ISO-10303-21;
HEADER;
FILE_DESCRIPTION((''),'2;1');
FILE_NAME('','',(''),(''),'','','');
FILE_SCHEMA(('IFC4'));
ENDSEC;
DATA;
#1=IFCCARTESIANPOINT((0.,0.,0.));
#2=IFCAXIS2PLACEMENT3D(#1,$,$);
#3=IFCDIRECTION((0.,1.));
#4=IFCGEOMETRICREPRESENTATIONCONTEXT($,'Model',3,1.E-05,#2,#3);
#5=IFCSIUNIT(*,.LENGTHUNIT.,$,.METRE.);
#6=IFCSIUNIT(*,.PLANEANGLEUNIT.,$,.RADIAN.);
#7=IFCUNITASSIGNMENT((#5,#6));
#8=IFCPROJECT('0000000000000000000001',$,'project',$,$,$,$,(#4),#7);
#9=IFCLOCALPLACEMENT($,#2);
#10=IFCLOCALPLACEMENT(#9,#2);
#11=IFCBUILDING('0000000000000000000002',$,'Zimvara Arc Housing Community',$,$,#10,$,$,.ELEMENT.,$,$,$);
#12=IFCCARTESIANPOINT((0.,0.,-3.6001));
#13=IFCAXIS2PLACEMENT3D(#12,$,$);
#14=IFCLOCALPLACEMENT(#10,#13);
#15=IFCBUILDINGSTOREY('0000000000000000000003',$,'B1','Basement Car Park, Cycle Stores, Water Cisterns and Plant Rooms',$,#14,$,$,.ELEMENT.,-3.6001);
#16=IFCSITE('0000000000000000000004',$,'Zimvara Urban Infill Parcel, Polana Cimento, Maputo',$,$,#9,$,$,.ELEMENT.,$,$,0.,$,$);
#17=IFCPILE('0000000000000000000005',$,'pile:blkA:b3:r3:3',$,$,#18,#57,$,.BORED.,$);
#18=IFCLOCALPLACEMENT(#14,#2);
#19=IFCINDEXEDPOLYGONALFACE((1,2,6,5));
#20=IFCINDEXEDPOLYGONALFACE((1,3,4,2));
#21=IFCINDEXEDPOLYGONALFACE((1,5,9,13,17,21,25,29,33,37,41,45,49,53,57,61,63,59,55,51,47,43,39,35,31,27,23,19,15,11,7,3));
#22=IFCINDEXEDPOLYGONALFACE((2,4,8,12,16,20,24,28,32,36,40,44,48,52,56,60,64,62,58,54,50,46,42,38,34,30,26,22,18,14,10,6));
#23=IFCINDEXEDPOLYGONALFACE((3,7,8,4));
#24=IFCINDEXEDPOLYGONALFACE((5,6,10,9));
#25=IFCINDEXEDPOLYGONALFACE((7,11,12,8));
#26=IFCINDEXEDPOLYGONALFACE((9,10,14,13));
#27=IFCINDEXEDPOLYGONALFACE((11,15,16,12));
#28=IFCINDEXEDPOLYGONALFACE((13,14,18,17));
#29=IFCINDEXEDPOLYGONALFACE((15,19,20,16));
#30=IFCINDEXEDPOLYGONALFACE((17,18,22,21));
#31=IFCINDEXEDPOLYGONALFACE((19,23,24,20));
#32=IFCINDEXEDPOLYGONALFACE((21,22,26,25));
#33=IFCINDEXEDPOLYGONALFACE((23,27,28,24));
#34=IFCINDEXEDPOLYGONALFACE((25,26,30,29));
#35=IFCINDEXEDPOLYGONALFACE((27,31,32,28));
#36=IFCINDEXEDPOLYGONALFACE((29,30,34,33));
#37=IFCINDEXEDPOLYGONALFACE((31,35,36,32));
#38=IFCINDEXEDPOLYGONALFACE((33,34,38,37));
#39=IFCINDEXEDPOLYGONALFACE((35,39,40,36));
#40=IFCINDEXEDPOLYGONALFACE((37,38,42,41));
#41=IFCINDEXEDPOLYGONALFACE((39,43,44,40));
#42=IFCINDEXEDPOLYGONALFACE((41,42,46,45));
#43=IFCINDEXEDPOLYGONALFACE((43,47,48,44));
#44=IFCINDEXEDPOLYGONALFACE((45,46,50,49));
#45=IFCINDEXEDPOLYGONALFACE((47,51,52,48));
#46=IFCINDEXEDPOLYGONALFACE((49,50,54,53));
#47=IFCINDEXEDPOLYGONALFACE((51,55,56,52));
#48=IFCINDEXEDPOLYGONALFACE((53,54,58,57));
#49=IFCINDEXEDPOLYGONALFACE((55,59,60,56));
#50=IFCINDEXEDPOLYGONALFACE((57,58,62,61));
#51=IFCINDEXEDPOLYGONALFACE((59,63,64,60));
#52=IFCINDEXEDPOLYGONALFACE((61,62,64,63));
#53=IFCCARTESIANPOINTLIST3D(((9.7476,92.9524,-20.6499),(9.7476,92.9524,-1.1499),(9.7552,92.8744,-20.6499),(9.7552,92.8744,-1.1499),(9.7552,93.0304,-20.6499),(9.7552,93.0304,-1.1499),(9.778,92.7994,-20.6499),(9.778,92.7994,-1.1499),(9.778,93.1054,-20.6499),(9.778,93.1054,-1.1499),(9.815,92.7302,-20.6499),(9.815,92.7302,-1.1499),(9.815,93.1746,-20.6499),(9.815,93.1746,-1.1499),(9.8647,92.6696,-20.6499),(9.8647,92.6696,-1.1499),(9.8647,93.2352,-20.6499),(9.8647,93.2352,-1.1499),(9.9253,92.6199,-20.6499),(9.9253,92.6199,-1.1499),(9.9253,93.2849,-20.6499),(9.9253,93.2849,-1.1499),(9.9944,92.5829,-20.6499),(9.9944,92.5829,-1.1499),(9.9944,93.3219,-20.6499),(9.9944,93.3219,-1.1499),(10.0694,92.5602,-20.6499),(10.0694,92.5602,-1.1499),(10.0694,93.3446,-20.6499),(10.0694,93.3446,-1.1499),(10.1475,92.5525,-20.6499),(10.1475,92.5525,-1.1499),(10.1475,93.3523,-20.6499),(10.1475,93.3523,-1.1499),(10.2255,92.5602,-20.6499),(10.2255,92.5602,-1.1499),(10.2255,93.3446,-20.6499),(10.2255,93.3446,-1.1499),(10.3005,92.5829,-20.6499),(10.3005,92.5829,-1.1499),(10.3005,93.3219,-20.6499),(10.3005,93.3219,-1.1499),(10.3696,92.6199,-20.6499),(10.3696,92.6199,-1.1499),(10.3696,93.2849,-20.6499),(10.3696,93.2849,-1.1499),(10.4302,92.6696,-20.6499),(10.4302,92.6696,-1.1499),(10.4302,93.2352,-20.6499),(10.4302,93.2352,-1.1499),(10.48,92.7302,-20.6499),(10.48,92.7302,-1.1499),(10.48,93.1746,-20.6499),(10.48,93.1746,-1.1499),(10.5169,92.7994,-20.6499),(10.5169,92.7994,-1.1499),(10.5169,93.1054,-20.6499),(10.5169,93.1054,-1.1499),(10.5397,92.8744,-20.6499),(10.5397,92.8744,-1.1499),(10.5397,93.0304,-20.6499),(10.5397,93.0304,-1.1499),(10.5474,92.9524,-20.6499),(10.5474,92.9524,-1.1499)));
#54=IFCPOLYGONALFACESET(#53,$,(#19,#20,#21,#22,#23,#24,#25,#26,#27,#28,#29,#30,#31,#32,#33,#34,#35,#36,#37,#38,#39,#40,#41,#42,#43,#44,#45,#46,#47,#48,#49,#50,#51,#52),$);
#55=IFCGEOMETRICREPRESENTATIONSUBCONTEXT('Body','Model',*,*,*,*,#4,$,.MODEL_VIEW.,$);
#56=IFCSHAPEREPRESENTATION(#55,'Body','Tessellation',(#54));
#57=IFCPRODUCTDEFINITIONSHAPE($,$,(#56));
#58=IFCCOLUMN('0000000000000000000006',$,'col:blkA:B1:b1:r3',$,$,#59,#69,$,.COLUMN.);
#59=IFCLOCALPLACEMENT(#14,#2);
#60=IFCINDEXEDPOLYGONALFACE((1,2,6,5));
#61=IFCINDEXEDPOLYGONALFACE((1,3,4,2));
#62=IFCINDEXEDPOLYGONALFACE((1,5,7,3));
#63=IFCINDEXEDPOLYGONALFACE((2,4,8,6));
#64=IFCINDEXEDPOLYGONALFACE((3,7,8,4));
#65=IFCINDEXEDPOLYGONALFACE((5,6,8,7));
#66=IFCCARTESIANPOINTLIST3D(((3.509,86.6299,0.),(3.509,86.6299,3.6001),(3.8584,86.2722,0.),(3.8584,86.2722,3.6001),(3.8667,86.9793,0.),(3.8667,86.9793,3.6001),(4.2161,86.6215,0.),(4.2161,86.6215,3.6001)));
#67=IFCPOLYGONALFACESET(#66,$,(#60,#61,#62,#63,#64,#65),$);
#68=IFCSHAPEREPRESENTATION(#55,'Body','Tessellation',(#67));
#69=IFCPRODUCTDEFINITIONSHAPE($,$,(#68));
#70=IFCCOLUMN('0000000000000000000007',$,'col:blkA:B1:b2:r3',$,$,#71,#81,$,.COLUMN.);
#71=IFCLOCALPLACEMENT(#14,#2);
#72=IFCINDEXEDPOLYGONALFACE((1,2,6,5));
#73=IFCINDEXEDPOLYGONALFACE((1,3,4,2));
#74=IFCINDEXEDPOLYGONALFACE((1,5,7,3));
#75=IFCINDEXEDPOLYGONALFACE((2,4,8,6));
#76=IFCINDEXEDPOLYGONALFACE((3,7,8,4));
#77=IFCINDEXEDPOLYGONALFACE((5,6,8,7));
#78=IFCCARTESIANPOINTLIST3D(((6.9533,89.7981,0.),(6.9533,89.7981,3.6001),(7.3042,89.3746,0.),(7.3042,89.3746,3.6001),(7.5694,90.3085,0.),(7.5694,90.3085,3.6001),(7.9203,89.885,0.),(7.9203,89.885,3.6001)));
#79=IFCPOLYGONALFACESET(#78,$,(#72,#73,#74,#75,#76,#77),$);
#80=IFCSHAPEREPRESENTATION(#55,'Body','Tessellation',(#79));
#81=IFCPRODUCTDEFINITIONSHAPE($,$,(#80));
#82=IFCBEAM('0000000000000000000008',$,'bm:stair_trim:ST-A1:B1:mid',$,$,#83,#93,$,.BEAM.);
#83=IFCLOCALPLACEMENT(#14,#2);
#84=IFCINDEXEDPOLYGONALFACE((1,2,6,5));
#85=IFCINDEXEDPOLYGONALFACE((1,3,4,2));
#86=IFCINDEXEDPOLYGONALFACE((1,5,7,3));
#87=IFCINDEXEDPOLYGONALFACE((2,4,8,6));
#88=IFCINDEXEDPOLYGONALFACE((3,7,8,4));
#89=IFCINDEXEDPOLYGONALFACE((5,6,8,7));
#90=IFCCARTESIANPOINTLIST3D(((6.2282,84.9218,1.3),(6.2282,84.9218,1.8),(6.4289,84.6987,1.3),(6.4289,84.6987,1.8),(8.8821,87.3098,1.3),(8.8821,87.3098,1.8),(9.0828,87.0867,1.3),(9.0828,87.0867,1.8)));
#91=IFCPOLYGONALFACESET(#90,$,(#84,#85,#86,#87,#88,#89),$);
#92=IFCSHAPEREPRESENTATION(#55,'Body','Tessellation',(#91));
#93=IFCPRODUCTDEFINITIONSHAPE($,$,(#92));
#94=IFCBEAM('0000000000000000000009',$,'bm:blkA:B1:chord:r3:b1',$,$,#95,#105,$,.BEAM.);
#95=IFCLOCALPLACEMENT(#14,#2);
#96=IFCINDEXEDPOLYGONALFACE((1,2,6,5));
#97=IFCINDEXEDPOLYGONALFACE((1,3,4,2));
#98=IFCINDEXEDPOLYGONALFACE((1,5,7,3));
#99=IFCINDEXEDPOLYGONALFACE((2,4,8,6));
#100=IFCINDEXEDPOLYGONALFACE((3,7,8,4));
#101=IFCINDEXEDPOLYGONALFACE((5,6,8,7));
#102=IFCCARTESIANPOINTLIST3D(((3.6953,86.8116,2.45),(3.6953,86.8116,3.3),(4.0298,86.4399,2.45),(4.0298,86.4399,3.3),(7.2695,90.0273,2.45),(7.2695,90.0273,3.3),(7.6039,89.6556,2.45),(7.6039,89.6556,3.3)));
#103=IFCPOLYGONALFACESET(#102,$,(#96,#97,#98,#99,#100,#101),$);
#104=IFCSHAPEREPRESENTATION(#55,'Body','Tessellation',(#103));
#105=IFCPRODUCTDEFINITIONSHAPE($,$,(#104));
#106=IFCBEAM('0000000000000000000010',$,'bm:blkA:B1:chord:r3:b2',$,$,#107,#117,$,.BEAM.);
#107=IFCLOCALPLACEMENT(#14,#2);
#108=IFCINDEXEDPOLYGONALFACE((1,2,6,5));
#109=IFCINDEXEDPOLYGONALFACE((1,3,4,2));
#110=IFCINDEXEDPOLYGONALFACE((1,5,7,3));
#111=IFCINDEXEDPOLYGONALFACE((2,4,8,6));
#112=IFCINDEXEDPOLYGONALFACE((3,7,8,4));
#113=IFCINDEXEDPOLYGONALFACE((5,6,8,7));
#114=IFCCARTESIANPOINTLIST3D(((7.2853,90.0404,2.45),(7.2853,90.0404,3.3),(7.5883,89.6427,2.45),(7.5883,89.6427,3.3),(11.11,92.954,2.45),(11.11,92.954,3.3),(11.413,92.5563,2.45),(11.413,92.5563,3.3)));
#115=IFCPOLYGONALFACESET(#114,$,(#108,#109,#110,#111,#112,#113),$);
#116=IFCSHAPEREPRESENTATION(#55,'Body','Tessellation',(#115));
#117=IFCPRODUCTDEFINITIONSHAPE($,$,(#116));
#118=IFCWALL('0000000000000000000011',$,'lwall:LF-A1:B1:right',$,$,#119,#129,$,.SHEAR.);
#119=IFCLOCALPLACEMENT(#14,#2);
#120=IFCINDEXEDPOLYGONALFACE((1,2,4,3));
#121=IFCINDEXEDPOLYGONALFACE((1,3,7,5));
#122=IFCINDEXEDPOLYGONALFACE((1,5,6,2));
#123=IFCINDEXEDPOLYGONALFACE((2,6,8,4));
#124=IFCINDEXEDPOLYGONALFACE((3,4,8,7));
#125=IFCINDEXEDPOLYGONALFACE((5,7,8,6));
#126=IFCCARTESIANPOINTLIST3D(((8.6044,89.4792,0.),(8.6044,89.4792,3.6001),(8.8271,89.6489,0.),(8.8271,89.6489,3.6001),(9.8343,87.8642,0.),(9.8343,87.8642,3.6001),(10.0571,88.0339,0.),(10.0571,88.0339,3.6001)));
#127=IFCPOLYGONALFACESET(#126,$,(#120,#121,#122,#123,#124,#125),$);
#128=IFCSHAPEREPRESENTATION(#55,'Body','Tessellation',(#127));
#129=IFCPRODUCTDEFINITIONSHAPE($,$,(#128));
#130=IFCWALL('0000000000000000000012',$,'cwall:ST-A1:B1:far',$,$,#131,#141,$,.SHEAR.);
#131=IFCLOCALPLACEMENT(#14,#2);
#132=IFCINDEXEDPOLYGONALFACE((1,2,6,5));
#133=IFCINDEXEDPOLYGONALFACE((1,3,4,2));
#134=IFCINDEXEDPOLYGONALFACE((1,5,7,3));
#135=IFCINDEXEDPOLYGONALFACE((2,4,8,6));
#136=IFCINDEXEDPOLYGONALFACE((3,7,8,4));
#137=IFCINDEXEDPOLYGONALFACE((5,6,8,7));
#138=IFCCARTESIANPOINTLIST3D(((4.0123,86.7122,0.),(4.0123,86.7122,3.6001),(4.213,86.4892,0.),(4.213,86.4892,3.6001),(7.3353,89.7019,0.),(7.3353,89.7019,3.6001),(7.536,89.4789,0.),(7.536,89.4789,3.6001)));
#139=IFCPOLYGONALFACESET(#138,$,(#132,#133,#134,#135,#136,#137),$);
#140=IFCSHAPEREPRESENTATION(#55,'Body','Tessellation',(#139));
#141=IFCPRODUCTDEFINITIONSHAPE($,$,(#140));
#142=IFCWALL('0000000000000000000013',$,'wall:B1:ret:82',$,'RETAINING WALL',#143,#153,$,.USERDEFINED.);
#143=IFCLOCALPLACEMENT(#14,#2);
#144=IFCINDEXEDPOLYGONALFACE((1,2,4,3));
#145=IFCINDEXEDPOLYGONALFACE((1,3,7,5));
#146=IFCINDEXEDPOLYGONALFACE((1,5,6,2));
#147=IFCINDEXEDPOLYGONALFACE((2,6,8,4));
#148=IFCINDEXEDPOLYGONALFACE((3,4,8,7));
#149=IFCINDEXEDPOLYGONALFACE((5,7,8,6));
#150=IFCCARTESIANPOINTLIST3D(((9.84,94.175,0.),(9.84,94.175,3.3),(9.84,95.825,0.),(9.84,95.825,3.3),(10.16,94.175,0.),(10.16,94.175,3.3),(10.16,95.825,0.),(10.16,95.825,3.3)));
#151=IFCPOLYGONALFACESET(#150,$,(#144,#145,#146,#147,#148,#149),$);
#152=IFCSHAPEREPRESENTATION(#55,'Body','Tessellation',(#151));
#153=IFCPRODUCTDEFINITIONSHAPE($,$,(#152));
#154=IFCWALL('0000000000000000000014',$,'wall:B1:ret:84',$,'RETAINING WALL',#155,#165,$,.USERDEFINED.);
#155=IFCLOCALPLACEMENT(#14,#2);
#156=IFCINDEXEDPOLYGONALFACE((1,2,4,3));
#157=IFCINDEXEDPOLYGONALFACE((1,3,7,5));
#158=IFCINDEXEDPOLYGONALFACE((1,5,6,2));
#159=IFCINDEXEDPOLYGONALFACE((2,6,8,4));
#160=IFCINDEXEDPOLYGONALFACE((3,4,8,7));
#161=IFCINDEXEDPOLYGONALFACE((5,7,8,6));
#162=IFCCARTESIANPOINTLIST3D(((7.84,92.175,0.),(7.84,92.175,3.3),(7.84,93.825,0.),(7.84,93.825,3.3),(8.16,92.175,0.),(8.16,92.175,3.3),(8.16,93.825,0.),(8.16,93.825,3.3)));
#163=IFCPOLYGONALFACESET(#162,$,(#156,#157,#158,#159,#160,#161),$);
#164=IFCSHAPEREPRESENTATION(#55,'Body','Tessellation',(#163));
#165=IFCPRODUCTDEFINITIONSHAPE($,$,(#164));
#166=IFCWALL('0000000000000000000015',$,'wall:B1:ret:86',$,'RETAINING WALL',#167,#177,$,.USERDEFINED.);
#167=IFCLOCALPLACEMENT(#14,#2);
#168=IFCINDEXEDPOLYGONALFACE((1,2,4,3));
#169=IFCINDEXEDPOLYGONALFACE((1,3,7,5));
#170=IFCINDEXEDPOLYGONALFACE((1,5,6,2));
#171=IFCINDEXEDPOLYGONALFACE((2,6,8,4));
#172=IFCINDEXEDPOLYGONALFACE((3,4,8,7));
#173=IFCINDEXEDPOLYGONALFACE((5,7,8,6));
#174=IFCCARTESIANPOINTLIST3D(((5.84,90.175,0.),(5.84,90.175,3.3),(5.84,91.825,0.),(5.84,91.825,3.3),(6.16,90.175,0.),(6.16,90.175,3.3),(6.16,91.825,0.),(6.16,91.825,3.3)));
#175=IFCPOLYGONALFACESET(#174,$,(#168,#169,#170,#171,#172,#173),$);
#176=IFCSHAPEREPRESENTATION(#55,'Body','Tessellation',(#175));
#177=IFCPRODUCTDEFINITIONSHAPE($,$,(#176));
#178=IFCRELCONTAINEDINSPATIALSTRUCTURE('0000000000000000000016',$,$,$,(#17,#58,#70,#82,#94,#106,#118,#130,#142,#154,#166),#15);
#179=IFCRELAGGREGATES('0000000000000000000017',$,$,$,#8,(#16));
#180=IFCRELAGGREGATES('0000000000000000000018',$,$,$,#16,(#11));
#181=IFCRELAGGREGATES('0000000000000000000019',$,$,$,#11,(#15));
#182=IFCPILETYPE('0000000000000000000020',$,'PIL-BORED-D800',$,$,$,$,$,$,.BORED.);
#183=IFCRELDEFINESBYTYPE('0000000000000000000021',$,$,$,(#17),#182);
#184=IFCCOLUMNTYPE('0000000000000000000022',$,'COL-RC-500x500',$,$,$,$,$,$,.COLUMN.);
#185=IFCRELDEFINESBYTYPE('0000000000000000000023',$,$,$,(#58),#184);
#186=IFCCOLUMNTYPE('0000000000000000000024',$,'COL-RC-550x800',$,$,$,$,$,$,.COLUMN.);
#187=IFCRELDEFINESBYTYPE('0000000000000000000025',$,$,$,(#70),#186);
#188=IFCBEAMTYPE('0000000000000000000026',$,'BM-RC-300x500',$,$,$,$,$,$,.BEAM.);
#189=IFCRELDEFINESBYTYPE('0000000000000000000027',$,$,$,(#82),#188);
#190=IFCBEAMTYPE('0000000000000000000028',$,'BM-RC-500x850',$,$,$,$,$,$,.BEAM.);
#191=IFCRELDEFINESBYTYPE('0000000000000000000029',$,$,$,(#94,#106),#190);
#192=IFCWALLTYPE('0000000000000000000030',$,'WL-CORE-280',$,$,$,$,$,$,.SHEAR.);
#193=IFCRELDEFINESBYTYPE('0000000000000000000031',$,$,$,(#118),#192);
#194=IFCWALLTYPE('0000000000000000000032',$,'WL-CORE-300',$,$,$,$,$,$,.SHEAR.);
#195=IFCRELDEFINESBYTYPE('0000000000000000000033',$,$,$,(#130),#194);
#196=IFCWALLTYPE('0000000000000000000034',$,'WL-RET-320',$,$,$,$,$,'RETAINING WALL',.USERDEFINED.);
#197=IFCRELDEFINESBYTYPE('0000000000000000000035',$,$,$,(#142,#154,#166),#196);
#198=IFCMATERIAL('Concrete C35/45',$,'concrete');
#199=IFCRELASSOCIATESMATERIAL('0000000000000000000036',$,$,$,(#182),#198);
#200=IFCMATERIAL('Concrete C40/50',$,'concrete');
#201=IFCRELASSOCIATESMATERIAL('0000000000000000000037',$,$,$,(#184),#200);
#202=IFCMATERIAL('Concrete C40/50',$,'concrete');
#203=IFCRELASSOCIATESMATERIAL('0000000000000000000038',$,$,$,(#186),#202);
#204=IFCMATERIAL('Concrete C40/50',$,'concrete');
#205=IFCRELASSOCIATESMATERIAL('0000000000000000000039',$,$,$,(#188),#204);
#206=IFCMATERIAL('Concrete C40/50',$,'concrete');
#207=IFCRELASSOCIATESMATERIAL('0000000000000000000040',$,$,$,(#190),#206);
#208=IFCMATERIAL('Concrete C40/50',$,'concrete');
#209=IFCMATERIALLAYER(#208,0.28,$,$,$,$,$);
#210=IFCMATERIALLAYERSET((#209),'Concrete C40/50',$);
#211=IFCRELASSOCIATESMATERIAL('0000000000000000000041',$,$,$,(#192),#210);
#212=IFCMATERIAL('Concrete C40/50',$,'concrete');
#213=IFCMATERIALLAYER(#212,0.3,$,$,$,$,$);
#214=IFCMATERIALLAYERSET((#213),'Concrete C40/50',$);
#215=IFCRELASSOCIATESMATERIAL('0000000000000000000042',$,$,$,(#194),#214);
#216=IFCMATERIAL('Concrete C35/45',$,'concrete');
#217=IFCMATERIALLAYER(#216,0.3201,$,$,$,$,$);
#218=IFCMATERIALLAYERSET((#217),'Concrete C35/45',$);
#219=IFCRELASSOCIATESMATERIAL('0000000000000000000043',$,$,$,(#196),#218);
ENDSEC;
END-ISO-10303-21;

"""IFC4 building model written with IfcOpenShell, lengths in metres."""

from ifc_helpers import new_model, si_unit, direction, frame, frame_2d, origin, origin_2d, place, context, subcontext, project, spatial, rectangle, circle, extrude, material, layer, layer_set, material_profile, profile_set, type_object, element, save


model = new_model("IFC4")

# Units and contexts
model_context = context("Model", 3, precision=1e-05, world=origin(), true_north=direction((0.0, 1.0)))
body_context = subcontext(model_context, "Body", "Model", "MODEL_VIEW")
ifc_project = project(units=[si_unit("LENGTHUNIT", "METRE"), si_unit("PLANEANGLEUNIT", "RADIAN")], contexts=[model_context])

# Site, building, storey
site_placement = place(None, origin())
site = spatial("IfcSite", under=ifc_project, at=site_placement, Name="Zimvara Urban Infill Parcel, Polana Cimento, Maputo", CompositionType="ELEMENT", RefElevation=0.0)
building_placement = place(site_placement, origin())
building = spatial("IfcBuilding", under=site, at=building_placement, Name="Zimvara Arc Housing Community", CompositionType="ELEMENT")
storey_placement = place(building_placement, frame((0.0, 0.0, -3.6001)))
storey = spatial("IfcBuildingStorey", under=building, at=storey_placement, Name="B1", Description="Basement Car Park, Cycle Stores, Water Cisterns and Plant Rooms", CompositionType="ELEMENT", Elevation=-3.6001)

# Pile
ifc_material_1 = material(Name="Concrete C35/45", Category="concrete")
ifc_material_profile_1 = material_profile(ifc_material_1, circle(Radius=0.3999, at=origin_2d()), Name="PILE D800")
ifc_profile_set_1 = profile_set([ifc_material_profile_1], Name="Concrete C35/45")
pile_type = type_object("IfcPileType", Name="PIL-BORED-D800", PredefinedType="BORED", material=ifc_profile_set_1)
for number, where, z_axis, x_axis, name in (
    (1, (10.1475, 92.9524, -1.1499), (0.0, 0.0, -1.0), (1.0, 0.0, 0.0), "pile:blkA:b3:r3:3"),
):
    element("IfcPile", number, at=place(storey_placement, frame(where, z_axis=z_axis, x_axis=x_axis)), inside=storey, type_object=pile_type, Name=name, PredefinedType="BORED", context=body_context, shape_type="SweptSolid", body=[
        extrude(circle(Radius=0.3999, at=origin_2d()), origin(), (0.0, 0.0, 1.0), 19.5),
    ])

# Columns
ifc_material_2 = material(Name="Concrete C40/50", Category="concrete")
ifc_material_profile_2 = material_profile(ifc_material_2, rectangle(XDim=0.5, YDim=0.5, at=origin_2d()), Name="RC 500x500")
ifc_profile_set_2 = profile_set([ifc_material_profile_2], Name="Concrete C40/50")
column_type_1 = type_object("IfcColumnType", Name="COL-RC-500x500", PredefinedType="COLUMN", material=ifc_profile_set_2)
column_1_placement = place(storey_placement, frame((3.8625, 86.6257, 0.0), z_axis=(0.0, 0.0, 1.0), x_axis=(-0.698665, 0.715449, 0.0)))
element("IfcColumn", 2, at=column_1_placement, inside=storey, type_object=column_type_1, Name="col:blkA:B1:b1:r3", PredefinedType="COLUMN", context=body_context, shape_type="SweptSolid", body=[
    extrude(rectangle(XDim=0.5, YDim=0.5, at=origin_2d()), origin(), (0.0, 0.0, 1.0), 3.6001),
])
ifc_material_3 = material(Name="Concrete C40/50", Category="concrete")
ifc_material_profile_3 = material_profile(ifc_material_3, rectangle(XDim=0.55, YDim=0.8, at=origin_2d()), Name="RC 550x800")
ifc_profile_set_3 = profile_set([ifc_material_profile_3], Name="Concrete C40/50")
column_type_2 = type_object("IfcColumnType", Name="COL-RC-550x800", PredefinedType="COLUMN", material=ifc_profile_set_3)
column_2_placement = place(storey_placement, frame((7.4368, 89.8416, 0.0), z_axis=(0.0, 0.0, 1.0), x_axis=(-0.637962, 0.770068, 0.0)))
element("IfcColumn", 3, at=column_2_placement, inside=storey, type_object=column_type_2, Name="col:blkA:B1:b2:r3", PredefinedType="COLUMN", context=body_context, shape_type="SweptSolid", body=[
    extrude(rectangle(XDim=0.55, YDim=0.8, at=origin_2d()), origin(), (0.0, 0.0, 1.0), 3.6001),
])

# Beams
ifc_material_4 = material(Name="Concrete C40/50", Category="concrete")
ifc_material_profile_4 = material_profile(ifc_material_4, rectangle(XDim=0.3, YDim=0.5, at=origin_2d()), Name="RC 300x500")
ifc_profile_set_4 = profile_set([ifc_material_profile_4], Name="Concrete C40/50")
beam_type_1 = type_object("IfcBeamType", Name="BM-RC-300x500", PredefinedType="BEAM", material=ifc_profile_set_4)
beam_1_placement = place(storey_placement, frame((8.9824, 87.1982, 1.55), z_axis=(-0.743362, -0.668889, 0.0), x_axis=(0.668889, -0.743362, 0.0)))
element("IfcBeam", 4, at=beam_1_placement, inside=storey, type_object=beam_type_1, Name="bm:stair_trim:ST-A1:B1:mid", PredefinedType="BEAM", context=body_context, shape_type="SweptSolid", body=[
    extrude(rectangle(XDim=0.3, YDim=0.5, at=origin_2d()), origin(), (0.0, 0.0, 1.0), 3.5701),
])
ifc_material_5 = material(Name="Concrete C40/50", Category="concrete")
ifc_material_profile_5 = material_profile(ifc_material_5, rectangle(XDim=0.5, YDim=0.8501, at=origin_2d()), Name="RC 500x850")
ifc_profile_set_5 = profile_set([ifc_material_profile_5], Name="Concrete C40/50")
beam_type_2 = type_object("IfcBeamType", Name="BM-RC-500x850", PredefinedType="BEAM", material=ifc_profile_set_5)
beam_2_placement = place(storey_placement, frame((3.8625, 86.6257, 2.875), z_axis=(0.743395, 0.668853, 0.0), x_axis=(-0.668853, 0.743395, 0.0)))
element("IfcBeam", 5, at=beam_2_placement, inside=storey, type_object=beam_type_2, Name="bm:blkA:B1:chord:r3:b1", PredefinedType="BEAM", context=body_context, shape_type="SweptSolid", body=[
    extrude(rectangle(XDim=0.5, YDim=0.8501, at=origin_2d()), origin(), (0.0, 0.0, 1.0), 4.8079),
])
beam_3_placement = place(storey_placement, frame((7.4368, 89.8416, 2.875), z_axis=(0.795481, 0.605979, 0.0), x_axis=(-0.605979, 0.795481, 0.0)))
element("IfcBeam", 6, at=beam_3_placement, inside=storey, type_object=beam_type_2, Name="bm:blkA:B1:chord:r3:b2", PredefinedType="BEAM", context=body_context, shape_type="SweptSolid", body=[
    extrude(rectangle(XDim=0.5, YDim=0.8501, at=origin_2d()), origin(), (0.0, 0.0, 1.0), 4.8081),
])

# Walls
ifc_material_6 = material(Name="Concrete C40/50", Category="concrete")
ifc_layer_1 = layer(ifc_material_6, 0.28)
ifc_layer_set_1 = layer_set([ifc_layer_1], Name="Concrete C40/50")
wall_type_1 = type_object("IfcWallType", Name="WL-CORE-280", PredefinedType="SHEAR", material=ifc_layer_set_1)
wall_1_placement = place(storey_placement, frame((9.9458, 87.949, 0.0), z_axis=(0.0, 0.0, 1.0), x_axis=(-0.605891, 0.795548, 0.0)))
element("IfcWall", 7, at=wall_1_placement, inside=storey, type_object=wall_type_1, Name="lwall:LF-A1:B1:right", PredefinedType="SHEAR", context=body_context, shape_type="SweptSolid", body=[
    extrude(rectangle(XDim=2.03, YDim=0.28, at=frame_2d((1.0151, 0.0))), origin(), (0.0, 0.0, 1.0), 3.6001),
])
ifc_material_7 = material(Name="Concrete C40/50", Category="concrete")
ifc_layer_2 = layer(ifc_material_7, 0.3)
ifc_layer_set_2 = layer_set([ifc_layer_2], Name="Concrete C40/50")
wall_type_2 = type_object("IfcWallType", Name="WL-CORE-300", PredefinedType="SHEAR", material=ifc_layer_set_2)
wall_2_placement = place(storey_placement, frame((7.4355, 89.5903, 0.0), z_axis=(0.0, 0.0, 1.0), x_axis=(-0.7434, -0.668847, 0.0)))
element("IfcWall", 8, at=wall_2_placement, inside=storey, type_object=wall_type_2, Name="cwall:ST-A1:B1:far", PredefinedType="SHEAR", context=body_context, shape_type="SweptSolid", body=[
    extrude(rectangle(XDim=4.47, YDim=0.3, at=frame_2d((2.2349, 0.0))), origin(), (0.0, 0.0, 1.0), 3.6001),
])
ifc_material_8 = material(Name="Concrete C35/45", Category="concrete")
ifc_layer_3 = layer(ifc_material_8, 0.3201)
ifc_layer_set_3 = layer_set([ifc_layer_3], Name="Concrete C35/45")
wall_type_3 = type_object("IfcWallType", Name="WL-RET-320", ElementType="RETAINING WALL", PredefinedType="USERDEFINED", material=ifc_layer_set_3)
for number, where, z_axis, x_axis, name in (
    (9, (10.0, 95.825, 0.0), (0.0, 0.0, 1.0), (0.0, -1.0, 0.0), "wall:B1:ret:82"),
    (10, (8.0, 93.825, 0.0), (0.0, 0.0, 1.0), (0.0, -1.0, 0.0), "wall:B1:ret:84"),
    (11, (6.0, 91.825, 0.0), (0.0, 0.0, 1.0), (0.0, -1.0, 0.0), "wall:B1:ret:86"),
):
    element("IfcWall", number, at=place(storey_placement, frame(where, z_axis=z_axis, x_axis=x_axis)), inside=storey, type_object=wall_type_3, Name=name, ObjectType="RETAINING WALL", PredefinedType="USERDEFINED", context=body_context, shape_type="SweptSolid", body=[
        extrude(rectangle(XDim=1.6499, YDim=0.3201, at=frame_2d((0.825, 0.0))), origin(), (0.0, 0.0, 1.0), 3.3),
    ])

save(model, "model.ifc")
